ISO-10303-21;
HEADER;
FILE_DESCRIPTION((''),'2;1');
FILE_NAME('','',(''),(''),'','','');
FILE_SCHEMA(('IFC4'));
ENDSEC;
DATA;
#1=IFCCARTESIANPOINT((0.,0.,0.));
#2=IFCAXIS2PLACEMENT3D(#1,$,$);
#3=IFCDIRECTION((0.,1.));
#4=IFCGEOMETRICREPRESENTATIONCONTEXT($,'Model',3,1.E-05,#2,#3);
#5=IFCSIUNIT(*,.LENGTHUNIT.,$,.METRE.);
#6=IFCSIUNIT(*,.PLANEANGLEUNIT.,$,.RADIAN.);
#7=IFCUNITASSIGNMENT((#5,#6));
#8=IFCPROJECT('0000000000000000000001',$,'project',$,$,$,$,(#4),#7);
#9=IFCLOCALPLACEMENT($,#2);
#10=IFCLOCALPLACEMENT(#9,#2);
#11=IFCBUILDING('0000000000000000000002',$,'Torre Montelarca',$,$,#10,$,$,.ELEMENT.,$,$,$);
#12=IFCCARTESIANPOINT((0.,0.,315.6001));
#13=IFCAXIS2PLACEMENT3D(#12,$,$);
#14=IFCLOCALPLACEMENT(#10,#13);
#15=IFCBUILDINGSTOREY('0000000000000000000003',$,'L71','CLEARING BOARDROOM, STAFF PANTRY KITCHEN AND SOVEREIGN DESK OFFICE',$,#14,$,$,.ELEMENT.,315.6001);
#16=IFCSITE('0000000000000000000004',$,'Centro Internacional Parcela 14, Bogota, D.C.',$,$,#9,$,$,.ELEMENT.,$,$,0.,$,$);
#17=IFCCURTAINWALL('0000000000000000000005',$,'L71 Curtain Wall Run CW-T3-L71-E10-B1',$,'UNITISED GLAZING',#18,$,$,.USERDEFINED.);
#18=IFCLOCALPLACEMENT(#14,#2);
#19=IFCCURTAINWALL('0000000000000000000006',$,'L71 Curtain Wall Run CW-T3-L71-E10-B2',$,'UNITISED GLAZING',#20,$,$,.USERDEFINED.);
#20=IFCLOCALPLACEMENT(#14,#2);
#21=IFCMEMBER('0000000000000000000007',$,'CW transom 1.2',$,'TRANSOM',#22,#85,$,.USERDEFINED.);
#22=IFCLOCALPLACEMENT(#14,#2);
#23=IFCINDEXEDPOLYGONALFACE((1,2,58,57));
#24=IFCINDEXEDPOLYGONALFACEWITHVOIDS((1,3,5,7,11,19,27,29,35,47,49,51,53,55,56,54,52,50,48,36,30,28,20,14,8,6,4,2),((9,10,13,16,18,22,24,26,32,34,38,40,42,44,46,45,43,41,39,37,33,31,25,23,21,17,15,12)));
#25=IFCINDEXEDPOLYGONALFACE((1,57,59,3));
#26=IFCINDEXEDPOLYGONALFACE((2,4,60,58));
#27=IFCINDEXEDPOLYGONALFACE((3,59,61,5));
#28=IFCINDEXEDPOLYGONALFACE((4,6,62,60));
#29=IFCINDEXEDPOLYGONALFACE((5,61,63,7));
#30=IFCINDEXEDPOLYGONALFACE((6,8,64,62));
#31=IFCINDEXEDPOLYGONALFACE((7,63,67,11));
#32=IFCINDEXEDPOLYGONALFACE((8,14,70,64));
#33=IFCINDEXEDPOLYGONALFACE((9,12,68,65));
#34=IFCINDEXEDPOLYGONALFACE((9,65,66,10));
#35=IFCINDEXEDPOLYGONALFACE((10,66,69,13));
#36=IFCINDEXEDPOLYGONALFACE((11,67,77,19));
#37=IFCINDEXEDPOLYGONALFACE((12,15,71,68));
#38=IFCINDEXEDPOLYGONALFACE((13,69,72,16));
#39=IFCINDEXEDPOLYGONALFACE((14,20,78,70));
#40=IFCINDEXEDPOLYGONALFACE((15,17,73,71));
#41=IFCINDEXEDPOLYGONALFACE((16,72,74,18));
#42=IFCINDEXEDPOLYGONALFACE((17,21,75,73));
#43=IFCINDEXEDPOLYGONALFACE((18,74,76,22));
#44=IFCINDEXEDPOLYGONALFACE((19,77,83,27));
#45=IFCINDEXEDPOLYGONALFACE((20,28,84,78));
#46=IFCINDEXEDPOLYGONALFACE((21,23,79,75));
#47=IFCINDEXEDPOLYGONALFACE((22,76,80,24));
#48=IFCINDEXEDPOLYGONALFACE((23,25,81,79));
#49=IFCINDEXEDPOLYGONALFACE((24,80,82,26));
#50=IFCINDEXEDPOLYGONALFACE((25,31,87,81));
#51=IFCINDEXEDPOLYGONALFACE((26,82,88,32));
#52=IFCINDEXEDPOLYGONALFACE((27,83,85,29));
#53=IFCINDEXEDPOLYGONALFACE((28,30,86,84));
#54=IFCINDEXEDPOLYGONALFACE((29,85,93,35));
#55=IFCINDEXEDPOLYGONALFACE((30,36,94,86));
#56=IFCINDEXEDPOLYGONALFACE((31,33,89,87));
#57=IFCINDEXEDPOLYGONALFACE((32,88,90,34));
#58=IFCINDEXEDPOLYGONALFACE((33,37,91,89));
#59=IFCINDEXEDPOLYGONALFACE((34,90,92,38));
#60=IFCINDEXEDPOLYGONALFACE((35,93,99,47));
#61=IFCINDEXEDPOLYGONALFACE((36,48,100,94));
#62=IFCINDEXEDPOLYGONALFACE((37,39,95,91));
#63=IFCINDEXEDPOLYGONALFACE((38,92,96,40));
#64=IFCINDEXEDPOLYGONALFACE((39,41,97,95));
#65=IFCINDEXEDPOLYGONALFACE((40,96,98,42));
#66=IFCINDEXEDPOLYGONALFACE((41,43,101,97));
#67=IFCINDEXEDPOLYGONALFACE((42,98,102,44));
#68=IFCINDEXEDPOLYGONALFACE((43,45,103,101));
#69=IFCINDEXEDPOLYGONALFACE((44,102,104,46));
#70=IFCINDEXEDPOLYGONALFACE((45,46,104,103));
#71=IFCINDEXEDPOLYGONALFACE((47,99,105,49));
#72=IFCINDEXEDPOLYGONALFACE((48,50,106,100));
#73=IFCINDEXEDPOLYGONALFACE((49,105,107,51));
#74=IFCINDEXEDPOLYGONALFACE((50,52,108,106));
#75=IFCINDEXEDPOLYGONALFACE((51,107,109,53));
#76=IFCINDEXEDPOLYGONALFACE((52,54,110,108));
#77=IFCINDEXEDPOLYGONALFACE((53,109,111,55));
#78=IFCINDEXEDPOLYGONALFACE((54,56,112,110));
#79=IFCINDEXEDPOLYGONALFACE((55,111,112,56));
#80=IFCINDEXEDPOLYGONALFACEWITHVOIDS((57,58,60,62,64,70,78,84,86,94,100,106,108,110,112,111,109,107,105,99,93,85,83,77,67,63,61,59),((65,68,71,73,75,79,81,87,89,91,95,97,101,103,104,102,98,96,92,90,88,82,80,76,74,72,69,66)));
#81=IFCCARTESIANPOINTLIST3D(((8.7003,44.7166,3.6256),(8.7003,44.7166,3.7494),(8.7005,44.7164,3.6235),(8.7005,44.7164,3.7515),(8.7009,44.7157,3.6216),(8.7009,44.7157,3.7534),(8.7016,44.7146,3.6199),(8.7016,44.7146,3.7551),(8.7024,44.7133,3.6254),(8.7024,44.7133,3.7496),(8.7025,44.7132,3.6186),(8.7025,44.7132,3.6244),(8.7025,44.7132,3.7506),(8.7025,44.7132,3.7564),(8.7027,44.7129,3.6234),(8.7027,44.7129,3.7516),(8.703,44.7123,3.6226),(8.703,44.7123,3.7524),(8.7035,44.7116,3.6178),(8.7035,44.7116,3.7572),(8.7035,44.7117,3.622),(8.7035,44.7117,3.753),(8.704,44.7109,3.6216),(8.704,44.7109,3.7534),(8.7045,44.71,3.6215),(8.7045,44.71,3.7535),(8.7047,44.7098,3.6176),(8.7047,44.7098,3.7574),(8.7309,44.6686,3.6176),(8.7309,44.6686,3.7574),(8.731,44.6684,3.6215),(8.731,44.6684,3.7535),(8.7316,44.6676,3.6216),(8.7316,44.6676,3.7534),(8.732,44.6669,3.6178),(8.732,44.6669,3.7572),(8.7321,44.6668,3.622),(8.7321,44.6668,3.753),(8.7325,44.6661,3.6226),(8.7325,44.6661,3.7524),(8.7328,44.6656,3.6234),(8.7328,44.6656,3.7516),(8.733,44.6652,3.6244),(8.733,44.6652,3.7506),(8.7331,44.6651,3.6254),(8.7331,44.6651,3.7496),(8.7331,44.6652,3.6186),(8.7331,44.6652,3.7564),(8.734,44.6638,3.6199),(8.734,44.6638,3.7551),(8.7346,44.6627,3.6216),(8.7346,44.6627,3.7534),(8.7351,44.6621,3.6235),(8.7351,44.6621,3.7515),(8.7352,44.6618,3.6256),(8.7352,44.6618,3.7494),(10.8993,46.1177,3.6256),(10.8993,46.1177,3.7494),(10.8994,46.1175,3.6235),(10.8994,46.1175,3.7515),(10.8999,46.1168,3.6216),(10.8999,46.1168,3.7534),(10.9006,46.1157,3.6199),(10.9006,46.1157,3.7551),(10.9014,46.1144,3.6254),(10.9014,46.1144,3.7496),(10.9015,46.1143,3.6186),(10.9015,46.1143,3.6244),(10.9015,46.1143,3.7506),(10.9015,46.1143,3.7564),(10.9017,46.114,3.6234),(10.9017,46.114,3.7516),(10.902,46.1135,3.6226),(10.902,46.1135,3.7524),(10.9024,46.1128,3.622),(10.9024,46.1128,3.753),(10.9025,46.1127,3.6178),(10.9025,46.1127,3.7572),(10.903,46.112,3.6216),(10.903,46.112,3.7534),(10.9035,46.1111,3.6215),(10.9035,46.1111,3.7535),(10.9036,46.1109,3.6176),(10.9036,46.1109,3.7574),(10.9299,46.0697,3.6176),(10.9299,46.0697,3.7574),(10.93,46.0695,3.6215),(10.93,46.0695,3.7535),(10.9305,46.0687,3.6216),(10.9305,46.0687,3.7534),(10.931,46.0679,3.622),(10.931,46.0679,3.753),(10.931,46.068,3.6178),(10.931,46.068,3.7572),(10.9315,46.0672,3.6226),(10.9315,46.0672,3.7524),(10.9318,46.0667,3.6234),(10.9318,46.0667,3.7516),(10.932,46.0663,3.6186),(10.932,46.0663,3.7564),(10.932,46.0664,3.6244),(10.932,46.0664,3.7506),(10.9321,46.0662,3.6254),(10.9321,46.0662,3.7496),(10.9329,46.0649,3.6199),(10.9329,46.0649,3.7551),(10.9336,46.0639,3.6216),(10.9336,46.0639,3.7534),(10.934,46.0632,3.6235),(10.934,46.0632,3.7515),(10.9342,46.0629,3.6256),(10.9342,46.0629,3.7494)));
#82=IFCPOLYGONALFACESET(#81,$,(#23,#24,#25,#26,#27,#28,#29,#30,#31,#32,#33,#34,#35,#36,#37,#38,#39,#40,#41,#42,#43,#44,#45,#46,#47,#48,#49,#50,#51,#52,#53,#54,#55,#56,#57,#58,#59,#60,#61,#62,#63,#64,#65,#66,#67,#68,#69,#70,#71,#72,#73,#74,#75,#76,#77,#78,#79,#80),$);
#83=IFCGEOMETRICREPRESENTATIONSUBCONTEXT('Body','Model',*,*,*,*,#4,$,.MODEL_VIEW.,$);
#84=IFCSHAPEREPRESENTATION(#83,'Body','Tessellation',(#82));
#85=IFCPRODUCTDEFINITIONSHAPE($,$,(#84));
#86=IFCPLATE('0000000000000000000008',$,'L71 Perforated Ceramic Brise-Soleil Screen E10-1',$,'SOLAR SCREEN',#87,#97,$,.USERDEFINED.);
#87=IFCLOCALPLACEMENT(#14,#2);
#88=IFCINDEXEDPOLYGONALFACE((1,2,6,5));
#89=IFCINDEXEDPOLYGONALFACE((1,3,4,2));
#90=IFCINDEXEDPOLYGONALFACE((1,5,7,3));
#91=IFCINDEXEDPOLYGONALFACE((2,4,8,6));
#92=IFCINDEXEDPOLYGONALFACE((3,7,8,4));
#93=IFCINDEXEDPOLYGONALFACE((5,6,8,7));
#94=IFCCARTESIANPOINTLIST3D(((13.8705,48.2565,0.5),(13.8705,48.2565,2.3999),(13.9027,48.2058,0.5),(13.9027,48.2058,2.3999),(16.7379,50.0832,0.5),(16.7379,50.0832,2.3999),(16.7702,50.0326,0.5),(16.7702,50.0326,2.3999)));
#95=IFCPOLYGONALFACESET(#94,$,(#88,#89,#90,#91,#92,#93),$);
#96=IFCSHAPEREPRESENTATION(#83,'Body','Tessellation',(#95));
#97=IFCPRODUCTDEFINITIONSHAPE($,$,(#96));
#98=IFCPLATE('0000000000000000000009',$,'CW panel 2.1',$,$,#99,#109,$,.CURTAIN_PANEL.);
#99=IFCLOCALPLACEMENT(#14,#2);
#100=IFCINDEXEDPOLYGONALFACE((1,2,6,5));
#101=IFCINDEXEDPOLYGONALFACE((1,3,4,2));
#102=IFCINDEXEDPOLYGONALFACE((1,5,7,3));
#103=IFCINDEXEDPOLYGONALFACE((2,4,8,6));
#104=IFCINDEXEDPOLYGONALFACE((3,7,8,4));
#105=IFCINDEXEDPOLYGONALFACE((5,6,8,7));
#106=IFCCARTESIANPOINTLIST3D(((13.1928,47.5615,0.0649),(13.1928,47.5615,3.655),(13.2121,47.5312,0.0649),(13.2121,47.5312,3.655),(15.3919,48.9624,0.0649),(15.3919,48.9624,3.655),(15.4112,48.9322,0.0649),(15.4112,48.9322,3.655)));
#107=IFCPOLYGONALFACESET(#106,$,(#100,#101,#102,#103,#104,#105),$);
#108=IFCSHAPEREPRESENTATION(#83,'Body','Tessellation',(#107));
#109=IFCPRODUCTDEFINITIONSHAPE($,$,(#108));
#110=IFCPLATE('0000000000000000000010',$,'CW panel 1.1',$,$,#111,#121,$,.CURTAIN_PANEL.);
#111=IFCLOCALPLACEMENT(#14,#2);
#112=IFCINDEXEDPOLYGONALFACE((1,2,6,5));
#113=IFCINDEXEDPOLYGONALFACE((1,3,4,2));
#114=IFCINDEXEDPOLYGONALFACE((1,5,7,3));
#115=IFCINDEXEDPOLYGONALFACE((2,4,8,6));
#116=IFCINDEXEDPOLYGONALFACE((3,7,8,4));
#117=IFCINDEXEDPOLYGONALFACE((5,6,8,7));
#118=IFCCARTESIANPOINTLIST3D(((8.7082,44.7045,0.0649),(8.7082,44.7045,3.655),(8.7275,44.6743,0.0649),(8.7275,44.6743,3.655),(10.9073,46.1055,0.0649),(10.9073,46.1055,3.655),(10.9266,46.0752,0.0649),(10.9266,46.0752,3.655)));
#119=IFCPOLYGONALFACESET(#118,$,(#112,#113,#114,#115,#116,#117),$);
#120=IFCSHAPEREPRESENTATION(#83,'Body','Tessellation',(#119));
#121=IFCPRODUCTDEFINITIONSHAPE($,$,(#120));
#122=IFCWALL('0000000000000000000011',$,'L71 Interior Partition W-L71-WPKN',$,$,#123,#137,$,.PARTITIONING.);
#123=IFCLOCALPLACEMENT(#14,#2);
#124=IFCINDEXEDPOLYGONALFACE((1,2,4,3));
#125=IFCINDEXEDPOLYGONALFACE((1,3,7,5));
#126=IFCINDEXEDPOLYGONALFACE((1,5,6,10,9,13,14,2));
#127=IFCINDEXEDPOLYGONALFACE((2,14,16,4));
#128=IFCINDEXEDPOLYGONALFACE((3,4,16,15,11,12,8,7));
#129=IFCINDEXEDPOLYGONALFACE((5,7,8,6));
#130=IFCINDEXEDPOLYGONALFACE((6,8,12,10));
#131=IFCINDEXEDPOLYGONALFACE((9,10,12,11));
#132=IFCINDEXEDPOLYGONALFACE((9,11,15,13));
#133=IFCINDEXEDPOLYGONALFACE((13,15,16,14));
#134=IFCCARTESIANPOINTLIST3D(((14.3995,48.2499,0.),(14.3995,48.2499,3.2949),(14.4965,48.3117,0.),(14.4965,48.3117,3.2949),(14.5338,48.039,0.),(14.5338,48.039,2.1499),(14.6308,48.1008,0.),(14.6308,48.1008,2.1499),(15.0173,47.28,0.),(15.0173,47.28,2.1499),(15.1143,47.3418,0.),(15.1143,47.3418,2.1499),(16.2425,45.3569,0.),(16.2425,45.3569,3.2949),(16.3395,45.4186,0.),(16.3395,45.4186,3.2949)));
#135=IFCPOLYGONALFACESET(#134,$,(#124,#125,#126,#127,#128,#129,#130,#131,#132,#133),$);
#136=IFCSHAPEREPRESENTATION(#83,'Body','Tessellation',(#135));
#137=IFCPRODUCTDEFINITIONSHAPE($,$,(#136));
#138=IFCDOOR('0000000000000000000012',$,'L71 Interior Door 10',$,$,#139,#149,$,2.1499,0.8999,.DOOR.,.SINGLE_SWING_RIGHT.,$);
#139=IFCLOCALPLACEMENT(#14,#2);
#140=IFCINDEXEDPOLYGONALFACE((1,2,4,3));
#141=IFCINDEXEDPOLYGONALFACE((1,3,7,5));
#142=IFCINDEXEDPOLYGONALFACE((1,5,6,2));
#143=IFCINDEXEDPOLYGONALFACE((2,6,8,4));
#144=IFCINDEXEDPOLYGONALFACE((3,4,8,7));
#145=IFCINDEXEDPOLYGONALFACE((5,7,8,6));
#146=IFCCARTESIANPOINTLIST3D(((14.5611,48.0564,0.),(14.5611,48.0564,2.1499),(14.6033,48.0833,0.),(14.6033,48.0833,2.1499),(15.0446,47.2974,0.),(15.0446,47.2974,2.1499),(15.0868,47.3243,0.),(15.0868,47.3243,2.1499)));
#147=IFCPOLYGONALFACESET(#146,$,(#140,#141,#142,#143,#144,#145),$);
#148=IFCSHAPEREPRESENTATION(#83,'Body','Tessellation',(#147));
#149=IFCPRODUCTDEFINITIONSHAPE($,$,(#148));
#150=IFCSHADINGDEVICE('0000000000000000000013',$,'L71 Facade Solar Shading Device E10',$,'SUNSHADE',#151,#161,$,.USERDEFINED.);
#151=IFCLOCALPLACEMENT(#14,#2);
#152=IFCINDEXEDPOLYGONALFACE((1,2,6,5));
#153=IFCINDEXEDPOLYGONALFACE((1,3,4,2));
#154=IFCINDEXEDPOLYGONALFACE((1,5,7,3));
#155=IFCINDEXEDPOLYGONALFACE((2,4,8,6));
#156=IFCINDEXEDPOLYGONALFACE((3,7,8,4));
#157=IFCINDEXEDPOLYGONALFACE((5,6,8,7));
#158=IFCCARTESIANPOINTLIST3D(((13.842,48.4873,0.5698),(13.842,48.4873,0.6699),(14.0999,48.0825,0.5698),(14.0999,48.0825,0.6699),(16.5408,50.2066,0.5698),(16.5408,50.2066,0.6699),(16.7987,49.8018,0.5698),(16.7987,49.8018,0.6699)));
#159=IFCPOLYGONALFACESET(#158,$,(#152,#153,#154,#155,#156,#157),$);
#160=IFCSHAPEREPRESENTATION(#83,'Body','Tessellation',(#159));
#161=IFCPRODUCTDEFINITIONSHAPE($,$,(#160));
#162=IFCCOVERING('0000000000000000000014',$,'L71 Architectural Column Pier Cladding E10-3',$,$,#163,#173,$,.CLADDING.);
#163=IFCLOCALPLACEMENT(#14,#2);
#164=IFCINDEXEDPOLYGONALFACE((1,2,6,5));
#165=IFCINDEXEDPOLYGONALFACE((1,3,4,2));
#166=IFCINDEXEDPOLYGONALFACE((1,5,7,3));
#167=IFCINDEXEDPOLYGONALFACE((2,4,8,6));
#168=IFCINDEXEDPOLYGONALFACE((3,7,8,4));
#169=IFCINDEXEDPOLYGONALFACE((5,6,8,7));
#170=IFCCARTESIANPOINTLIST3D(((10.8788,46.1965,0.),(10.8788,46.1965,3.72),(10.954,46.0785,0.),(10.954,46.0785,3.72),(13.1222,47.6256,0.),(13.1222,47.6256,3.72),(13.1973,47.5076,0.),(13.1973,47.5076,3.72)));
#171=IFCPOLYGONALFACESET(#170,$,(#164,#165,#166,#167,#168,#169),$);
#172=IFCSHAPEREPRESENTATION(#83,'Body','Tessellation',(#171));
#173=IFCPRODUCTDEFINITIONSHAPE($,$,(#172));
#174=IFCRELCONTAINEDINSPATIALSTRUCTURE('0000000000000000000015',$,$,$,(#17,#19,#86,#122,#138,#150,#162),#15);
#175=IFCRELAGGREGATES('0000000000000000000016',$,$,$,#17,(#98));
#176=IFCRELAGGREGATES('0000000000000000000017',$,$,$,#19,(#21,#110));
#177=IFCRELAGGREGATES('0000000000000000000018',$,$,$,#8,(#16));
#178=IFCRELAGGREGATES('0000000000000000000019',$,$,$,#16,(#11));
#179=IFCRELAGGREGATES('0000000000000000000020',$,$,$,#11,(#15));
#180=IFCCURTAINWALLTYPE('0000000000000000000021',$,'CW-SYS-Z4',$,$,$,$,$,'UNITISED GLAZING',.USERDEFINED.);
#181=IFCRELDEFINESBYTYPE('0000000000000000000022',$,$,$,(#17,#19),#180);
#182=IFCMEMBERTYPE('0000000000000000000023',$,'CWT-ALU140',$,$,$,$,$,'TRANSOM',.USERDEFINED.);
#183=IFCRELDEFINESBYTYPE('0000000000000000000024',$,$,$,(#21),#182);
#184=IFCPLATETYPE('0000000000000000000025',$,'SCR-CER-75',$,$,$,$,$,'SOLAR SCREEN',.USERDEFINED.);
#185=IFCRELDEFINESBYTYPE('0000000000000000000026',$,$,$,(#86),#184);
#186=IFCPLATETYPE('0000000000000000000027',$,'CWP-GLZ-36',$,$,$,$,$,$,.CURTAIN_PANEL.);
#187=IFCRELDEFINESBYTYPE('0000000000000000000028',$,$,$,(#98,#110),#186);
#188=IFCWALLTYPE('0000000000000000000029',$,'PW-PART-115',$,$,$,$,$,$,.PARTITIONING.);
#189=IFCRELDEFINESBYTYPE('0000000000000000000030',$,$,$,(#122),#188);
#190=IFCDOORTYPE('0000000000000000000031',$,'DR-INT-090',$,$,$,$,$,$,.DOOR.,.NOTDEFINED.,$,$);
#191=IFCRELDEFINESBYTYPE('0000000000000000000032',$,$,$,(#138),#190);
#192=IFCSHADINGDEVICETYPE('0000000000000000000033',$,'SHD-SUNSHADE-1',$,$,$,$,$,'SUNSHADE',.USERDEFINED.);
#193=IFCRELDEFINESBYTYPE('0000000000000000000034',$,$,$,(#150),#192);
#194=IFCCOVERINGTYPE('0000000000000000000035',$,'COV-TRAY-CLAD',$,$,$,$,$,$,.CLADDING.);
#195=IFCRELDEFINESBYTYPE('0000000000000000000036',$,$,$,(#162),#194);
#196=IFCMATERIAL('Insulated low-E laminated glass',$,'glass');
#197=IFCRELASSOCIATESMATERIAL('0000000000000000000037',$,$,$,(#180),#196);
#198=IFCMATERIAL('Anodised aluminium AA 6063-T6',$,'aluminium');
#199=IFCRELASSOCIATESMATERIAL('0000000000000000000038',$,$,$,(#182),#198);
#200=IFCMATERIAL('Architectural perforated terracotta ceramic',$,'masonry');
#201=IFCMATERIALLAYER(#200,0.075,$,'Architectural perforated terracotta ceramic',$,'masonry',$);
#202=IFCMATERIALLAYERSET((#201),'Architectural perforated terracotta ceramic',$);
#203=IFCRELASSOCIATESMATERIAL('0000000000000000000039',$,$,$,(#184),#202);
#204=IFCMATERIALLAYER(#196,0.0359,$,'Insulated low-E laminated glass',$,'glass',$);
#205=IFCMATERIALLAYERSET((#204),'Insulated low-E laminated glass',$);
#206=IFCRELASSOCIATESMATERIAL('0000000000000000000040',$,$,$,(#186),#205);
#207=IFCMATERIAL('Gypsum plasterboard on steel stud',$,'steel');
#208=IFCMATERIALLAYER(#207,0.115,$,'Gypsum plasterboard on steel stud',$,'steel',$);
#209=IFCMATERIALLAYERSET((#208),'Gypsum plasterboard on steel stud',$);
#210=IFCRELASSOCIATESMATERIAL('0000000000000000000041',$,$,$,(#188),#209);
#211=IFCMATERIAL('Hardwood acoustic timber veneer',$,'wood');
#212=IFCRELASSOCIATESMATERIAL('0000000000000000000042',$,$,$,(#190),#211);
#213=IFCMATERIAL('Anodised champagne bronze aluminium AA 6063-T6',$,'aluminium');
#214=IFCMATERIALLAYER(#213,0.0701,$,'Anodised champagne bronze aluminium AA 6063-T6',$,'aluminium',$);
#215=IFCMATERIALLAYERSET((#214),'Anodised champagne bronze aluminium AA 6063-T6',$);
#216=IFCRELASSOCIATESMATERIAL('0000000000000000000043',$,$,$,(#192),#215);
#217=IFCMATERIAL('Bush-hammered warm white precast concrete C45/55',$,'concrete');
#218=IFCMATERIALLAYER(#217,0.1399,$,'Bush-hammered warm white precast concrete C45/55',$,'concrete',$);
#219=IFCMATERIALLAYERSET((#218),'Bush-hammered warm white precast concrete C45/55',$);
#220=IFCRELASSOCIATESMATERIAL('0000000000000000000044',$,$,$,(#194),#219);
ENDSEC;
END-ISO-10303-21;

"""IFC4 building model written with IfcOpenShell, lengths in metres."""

from ifc_helpers import new_model, si_unit, direction, frame, frame_2d, origin, origin_2d, place, context, subcontext, project, spatial, rectangle, hollow_rectangle, extrude, source, transform, mapped, material, layer, layer_set, material_profile, profile_set, type_object, element, fill, aggregate, save


model = new_model("IFC4")

# Units and contexts
model_context = context("Model", 3, precision=1e-05, world=origin(), true_north=direction((0.0, 1.0)))
body_context = subcontext(model_context, "Body", "Model", "MODEL_VIEW")
ifc_project = project(units=[si_unit("LENGTHUNIT", "METRE"), si_unit("PLANEANGLEUNIT", "RADIAN")], contexts=[model_context])

# Site, building, storey
site_placement = place(None, origin())
site = spatial("IfcSite", under=ifc_project, at=site_placement, Name="Centro Internacional Parcela 14, Bogota, D.C.", CompositionType="ELEMENT", RefElevation=0.0)
building_placement = place(site_placement, origin())
building = spatial("IfcBuilding", under=site, at=building_placement, Name="Torre Montelarca", CompositionType="ELEMENT")
storey_placement = place(building_placement, frame((0.0, 0.0, 315.6001)))
storey = spatial("IfcBuildingStorey", under=building, at=storey_placement, Name="L71", Description="CLEARING BOARDROOM, STAFF PANTRY KITCHEN AND SOVEREIGN DESK OFFICE", CompositionType="ELEMENT", Elevation=315.6001)

# Curtain wall
ifc_material_1 = material(Name="Insulated low-E laminated glass", Category="glass")
curtain_wall_type = type_object("IfcCurtainWallType", Name="CW-SYS-Z4", ElementType="UNITISED GLAZING", PredefinedType="USERDEFINED", material=ifc_material_1)
curtain_wall_1_placement = place(storey_placement, origin())
curtain_wall_1 = element("IfcCurtainWall", 1, at=curtain_wall_1_placement, inside=storey, type_object=curtain_wall_type, Name="L71 Curtain Wall Run CW-T3-L71-E10-B1", ObjectType="UNITISED GLAZING", PredefinedType="USERDEFINED")
ifc_material_2 = material(Name="Anodised aluminium AA 6063-T6", Category="aluminium")

# Curtain wall, member
curtain_wall_2_placement = place(storey_placement, origin())
curtain_wall_2 = element("IfcCurtainWall", 2, at=curtain_wall_2_placement, inside=storey, type_object=curtain_wall_type, Name="L71 Curtain Wall Run CW-T3-L71-E10-B2", ObjectType="UNITISED GLAZING", PredefinedType="USERDEFINED")
ifc_material_profile_1 = material_profile(ifc_material_2, hollow_rectangle(XDim=0.0649, YDim=0.1399, WallThickness=0.0039, InnerFilletRadius=0.0039, OuterFilletRadius=0.0081, at=origin_2d()), Name="ALU65X140X4", Category="aluminium")
ifc_profile_set_1 = profile_set([ifc_material_profile_1], Name="Anodised aluminium AA 6063-T6")
member_type_1 = type_object("IfcMemberType", Name="CWT-ALU140", ElementType="TRANSOM", PredefinedType="USERDEFINED", material=ifc_profile_set_1)
shared_shape_1 = source(origin(), body_context, "Body", "SweptSolid", [
    extrude(hollow_rectangle(XDim=0.0649, YDim=0.1399, WallThickness=0.0039, InnerFilletRadius=0.0039, OuterFilletRadius=0.0081, at=origin_2d()), origin(), (0.0, 0.0, 1.0), 2.6074),
])
member_1_placement = place(storey_placement, frame((10.9167, 46.0903, 3.6875), z_axis=(-0.843353, -0.53736, 0.0), x_axis=(0.53736, -0.843353, 0.0)))
member_1 = element("IfcMember", 3, at=member_1_placement, type_object=member_type_1, Name="CW transom 1.2", ObjectType="TRANSOM", PredefinedType="USERDEFINED", context=body_context, shape_type="MappedRepresentation", body=[
    mapped(shared_shape_1, transform((0.0, 0.0, 0.0), scale=1.0)),
])

# Plates
ifc_material_3 = material(Name="Architectural perforated terracotta ceramic", Category="masonry")
ifc_layer_1 = layer(ifc_material_3, 0.075, Name="Architectural perforated terracotta ceramic", Category="masonry")
ifc_layer_set_1 = layer_set([ifc_layer_1], Name="Architectural perforated terracotta ceramic")
plate_type_1 = type_object("IfcPlateType", Name="SCR-CER-75", ElementType="SOLAR SCREEN", PredefinedType="USERDEFINED", material=ifc_layer_set_1)
shared_shape_2 = source(origin(), body_context, "Body", "SweptSolid", [
    extrude(rectangle(XDim=3.3999, YDim=0.0601, at=origin_2d()), origin(), (0.0, 0.0, 1.0), 1.8999),
])
plate_1_placement = place(storey_placement, frame((15.3203, 49.1445, 0.5), z_axis=(0.0, 0.0, 1.0), x_axis=(-0.843392, -0.537298, 0.0)))
element("IfcPlate", 4, at=plate_1_placement, inside=storey, type_object=plate_type_1, Name="L71 Perforated Ceramic Brise-Soleil Screen E10-1", ObjectType="SOLAR SCREEN", PredefinedType="USERDEFINED", context=body_context, shape_type="MappedRepresentation", body=[
    mapped(shared_shape_2, transform((0.0, 0.0, 0.0), scale=1.0)),
])
ifc_layer_2 = layer(ifc_material_1, 0.0359, Name="Insulated low-E laminated glass", Category="glass")
ifc_layer_set_2 = layer_set([ifc_layer_2], Name="Insulated low-E laminated glass")
plate_type_2 = type_object("IfcPlateType", Name="CWP-GLZ-36", PredefinedType="CURTAIN_PANEL", material=ifc_layer_set_2)
shared_shape_3 = source(origin(), body_context, "Body", "SweptSolid", [
    extrude(rectangle(XDim=2.6074, YDim=0.0359, at=origin_2d()), origin(), (0.0, 0.0, 1.0), 3.5901),
])
plate_2_placement = place(storey_placement, frame((14.302, 48.2468, 0.0649), z_axis=(0.0, 0.0, 1.0), x_axis=(-0.84339, -0.537302, 0.0)))
plate_2 = element("IfcPlate", 5, at=plate_2_placement, type_object=plate_type_2, Name="CW panel 2.1", PredefinedType="CURTAIN_PANEL", context=body_context, shape_type="MappedRepresentation", body=[
    mapped(shared_shape_3, transform((0.0, 0.0, 0.0), scale=1.0)),
])
aggregate(curtain_wall_1, [plate_2])
plate_3_placement = place(storey_placement, frame((9.8174, 45.3899, 0.0649), z_axis=(0.0, 0.0, 1.0), x_axis=(-0.84339, -0.537302, 0.0)))
plate_3 = element("IfcPlate", 6, at=plate_3_placement, type_object=plate_type_2, Name="CW panel 1.1", PredefinedType="CURTAIN_PANEL", context=body_context, shape_type="MappedRepresentation", body=[
    mapped(shared_shape_3, transform((0.0, 0.0, 0.0), scale=1.0)),
])
aggregate(curtain_wall_2, [member_1, plate_3])

# Wall, opening, door
ifc_material_4 = material(Name="Gypsum plasterboard on steel stud", Category="steel")
ifc_layer_3 = layer(ifc_material_4, 0.115, Name="Gypsum plasterboard on steel stud", Category="steel")
ifc_layer_set_3 = layer_set([ifc_layer_3], Name="Gypsum plasterboard on steel stud")
wall_type = type_object("IfcWallType", Name="PW-PART-115", PredefinedType="PARTITIONING", material=ifc_layer_set_3)
wall_placement = place(storey_placement, frame((14.448, 48.2808, 0.0), z_axis=(0.0, 0.0, 1.0), x_axis=(0.537285, -0.843401, 0.0)))
wall = element("IfcWall", 7, at=wall_placement, inside=storey, type_object=wall_type, Name="L71 Interior Partition W-L71-WPKN", PredefinedType="PARTITIONING", context=body_context, shape_type="SweptSolid", body=[
    extrude(rectangle(XDim=3.4302, YDim=0.115, at=frame_2d((1.7151, 0.0))), origin(), (0.0, 0.0, 1.0), 3.2949),
])
opening_placement = place(wall_placement, frame((0.25, 0.0, 0.0)))
opening = element("IfcOpeningElement", 8, at=opening_placement, cuts=wall, PredefinedType="OPENING", context=body_context, shape_type="SweptSolid", body=[
    extrude(rectangle(XDim=0.8999, YDim=2.1499, at=frame_2d((0.45, 1.075))), frame((0.0, 0.0674, 0.0), z_axis=(0.0, -1.0, 0.0), x_axis=(1.0, 0.0, 0.0)), (0.0, 0.0, 1.0), 0.135),
])
ifc_material_5 = material(Name="Hardwood acoustic timber veneer", Category="wood")
door_type = type_object("IfcDoorType", Name="DR-INT-090", OperationType="NOTDEFINED", PredefinedType="DOOR", material=ifc_material_5)
shared_shape_4 = source(origin(), body_context, "Body", "SweptSolid", [
    extrude(rectangle(XDim=0.8999, YDim=2.1499, at=frame_2d((0.45, 1.075))), frame((0.0, 0.0249, 0.0), z_axis=(0.0, -1.0, 0.0), x_axis=(1.0, 0.0, 0.0)), (0.0, 0.0, 1.0), 0.05),
])
door_placement = place(opening_placement, origin())
door = element("IfcDoor", 9, at=door_placement, inside=storey, type_object=door_type, Name="L71 Interior Door 10", OperationType="SINGLE_SWING_RIGHT", OverallHeight=2.1499, OverallWidth=0.8999, PredefinedType="DOOR", context=body_context, shape_type="MappedRepresentation", body=[
    mapped(shared_shape_4, transform((0.0, 0.0, 0.0), scale=1.0)),
])
fill(opening, door)

# Shading device
ifc_material_6 = material(Name="Anodised champagne bronze aluminium AA 6063-T6", Category="aluminium")
ifc_layer_4 = layer(ifc_material_6, 0.0701, Name="Anodised champagne bronze aluminium AA 6063-T6", Category="aluminium")
ifc_layer_set_4 = layer_set([ifc_layer_4], Name="Anodised champagne bronze aluminium AA 6063-T6")
shading_device_type = type_object("IfcShadingDeviceType", Name="SHD-SUNSHADE-1", ElementType="SUNSHADE", PredefinedType="USERDEFINED", material=ifc_layer_set_4)
shared_shape_5 = source(origin(), body_context, "Body", "SweptSolid", [
    extrude(rectangle(XDim=3.2, YDim=0.48, at=origin_2d()), origin(), (0.0, 0.0, 1.0), 0.1001),
])
shading_device_placement = place(storey_placement, frame((15.3203, 49.1445, 0.5698), z_axis=(0.0, 0.0, 1.0), x_axis=(-0.843392, -0.537298, 0.0)))
element("IfcShadingDevice", 10, at=shading_device_placement, inside=storey, type_object=shading_device_type, Name="L71 Facade Solar Shading Device E10", ObjectType="SUNSHADE", PredefinedType="USERDEFINED", context=body_context, shape_type="MappedRepresentation", body=[
    mapped(shared_shape_5, transform((0.0, 0.0, 0.0), scale=1.0)),
])

# Covering
ifc_material_7 = material(Name="Bush-hammered warm white precast concrete C45/55", Category="concrete")
ifc_layer_5 = layer(ifc_material_7, 0.1399, Name="Bush-hammered warm white precast concrete C45/55", Category="concrete")
ifc_layer_set_5 = layer_set([ifc_layer_5], Name="Bush-hammered warm white precast concrete C45/55")
covering_type = type_object("IfcCoveringType", Name="COV-TRAY-CLAD", PredefinedType="CLADDING", material=ifc_layer_set_5)
shared_shape_6 = source(origin(), body_context, "Body", "SweptSolid", [
    extrude(rectangle(XDim=2.6599, YDim=0.1399, at=origin_2d()), origin(), (0.0, 0.0, 1.0), 3.72),
])
covering_1_placement = place(storey_placement, frame((12.0381, 46.8521, 0.0), z_axis=(0.0, 0.0, 1.0), x_axis=(-0.843391, -0.537301, 0.0)))
element("IfcCovering", 11, at=covering_1_placement, inside=storey, type_object=covering_type, Name="L71 Architectural Column Pier Cladding E10-3", PredefinedType="CLADDING", context=body_context, shape_type="MappedRepresentation", body=[
    mapped(shared_shape_6, transform((0.0, 0.0, 0.0), scale=1.0)),
])

save(model, "model.ifc")
